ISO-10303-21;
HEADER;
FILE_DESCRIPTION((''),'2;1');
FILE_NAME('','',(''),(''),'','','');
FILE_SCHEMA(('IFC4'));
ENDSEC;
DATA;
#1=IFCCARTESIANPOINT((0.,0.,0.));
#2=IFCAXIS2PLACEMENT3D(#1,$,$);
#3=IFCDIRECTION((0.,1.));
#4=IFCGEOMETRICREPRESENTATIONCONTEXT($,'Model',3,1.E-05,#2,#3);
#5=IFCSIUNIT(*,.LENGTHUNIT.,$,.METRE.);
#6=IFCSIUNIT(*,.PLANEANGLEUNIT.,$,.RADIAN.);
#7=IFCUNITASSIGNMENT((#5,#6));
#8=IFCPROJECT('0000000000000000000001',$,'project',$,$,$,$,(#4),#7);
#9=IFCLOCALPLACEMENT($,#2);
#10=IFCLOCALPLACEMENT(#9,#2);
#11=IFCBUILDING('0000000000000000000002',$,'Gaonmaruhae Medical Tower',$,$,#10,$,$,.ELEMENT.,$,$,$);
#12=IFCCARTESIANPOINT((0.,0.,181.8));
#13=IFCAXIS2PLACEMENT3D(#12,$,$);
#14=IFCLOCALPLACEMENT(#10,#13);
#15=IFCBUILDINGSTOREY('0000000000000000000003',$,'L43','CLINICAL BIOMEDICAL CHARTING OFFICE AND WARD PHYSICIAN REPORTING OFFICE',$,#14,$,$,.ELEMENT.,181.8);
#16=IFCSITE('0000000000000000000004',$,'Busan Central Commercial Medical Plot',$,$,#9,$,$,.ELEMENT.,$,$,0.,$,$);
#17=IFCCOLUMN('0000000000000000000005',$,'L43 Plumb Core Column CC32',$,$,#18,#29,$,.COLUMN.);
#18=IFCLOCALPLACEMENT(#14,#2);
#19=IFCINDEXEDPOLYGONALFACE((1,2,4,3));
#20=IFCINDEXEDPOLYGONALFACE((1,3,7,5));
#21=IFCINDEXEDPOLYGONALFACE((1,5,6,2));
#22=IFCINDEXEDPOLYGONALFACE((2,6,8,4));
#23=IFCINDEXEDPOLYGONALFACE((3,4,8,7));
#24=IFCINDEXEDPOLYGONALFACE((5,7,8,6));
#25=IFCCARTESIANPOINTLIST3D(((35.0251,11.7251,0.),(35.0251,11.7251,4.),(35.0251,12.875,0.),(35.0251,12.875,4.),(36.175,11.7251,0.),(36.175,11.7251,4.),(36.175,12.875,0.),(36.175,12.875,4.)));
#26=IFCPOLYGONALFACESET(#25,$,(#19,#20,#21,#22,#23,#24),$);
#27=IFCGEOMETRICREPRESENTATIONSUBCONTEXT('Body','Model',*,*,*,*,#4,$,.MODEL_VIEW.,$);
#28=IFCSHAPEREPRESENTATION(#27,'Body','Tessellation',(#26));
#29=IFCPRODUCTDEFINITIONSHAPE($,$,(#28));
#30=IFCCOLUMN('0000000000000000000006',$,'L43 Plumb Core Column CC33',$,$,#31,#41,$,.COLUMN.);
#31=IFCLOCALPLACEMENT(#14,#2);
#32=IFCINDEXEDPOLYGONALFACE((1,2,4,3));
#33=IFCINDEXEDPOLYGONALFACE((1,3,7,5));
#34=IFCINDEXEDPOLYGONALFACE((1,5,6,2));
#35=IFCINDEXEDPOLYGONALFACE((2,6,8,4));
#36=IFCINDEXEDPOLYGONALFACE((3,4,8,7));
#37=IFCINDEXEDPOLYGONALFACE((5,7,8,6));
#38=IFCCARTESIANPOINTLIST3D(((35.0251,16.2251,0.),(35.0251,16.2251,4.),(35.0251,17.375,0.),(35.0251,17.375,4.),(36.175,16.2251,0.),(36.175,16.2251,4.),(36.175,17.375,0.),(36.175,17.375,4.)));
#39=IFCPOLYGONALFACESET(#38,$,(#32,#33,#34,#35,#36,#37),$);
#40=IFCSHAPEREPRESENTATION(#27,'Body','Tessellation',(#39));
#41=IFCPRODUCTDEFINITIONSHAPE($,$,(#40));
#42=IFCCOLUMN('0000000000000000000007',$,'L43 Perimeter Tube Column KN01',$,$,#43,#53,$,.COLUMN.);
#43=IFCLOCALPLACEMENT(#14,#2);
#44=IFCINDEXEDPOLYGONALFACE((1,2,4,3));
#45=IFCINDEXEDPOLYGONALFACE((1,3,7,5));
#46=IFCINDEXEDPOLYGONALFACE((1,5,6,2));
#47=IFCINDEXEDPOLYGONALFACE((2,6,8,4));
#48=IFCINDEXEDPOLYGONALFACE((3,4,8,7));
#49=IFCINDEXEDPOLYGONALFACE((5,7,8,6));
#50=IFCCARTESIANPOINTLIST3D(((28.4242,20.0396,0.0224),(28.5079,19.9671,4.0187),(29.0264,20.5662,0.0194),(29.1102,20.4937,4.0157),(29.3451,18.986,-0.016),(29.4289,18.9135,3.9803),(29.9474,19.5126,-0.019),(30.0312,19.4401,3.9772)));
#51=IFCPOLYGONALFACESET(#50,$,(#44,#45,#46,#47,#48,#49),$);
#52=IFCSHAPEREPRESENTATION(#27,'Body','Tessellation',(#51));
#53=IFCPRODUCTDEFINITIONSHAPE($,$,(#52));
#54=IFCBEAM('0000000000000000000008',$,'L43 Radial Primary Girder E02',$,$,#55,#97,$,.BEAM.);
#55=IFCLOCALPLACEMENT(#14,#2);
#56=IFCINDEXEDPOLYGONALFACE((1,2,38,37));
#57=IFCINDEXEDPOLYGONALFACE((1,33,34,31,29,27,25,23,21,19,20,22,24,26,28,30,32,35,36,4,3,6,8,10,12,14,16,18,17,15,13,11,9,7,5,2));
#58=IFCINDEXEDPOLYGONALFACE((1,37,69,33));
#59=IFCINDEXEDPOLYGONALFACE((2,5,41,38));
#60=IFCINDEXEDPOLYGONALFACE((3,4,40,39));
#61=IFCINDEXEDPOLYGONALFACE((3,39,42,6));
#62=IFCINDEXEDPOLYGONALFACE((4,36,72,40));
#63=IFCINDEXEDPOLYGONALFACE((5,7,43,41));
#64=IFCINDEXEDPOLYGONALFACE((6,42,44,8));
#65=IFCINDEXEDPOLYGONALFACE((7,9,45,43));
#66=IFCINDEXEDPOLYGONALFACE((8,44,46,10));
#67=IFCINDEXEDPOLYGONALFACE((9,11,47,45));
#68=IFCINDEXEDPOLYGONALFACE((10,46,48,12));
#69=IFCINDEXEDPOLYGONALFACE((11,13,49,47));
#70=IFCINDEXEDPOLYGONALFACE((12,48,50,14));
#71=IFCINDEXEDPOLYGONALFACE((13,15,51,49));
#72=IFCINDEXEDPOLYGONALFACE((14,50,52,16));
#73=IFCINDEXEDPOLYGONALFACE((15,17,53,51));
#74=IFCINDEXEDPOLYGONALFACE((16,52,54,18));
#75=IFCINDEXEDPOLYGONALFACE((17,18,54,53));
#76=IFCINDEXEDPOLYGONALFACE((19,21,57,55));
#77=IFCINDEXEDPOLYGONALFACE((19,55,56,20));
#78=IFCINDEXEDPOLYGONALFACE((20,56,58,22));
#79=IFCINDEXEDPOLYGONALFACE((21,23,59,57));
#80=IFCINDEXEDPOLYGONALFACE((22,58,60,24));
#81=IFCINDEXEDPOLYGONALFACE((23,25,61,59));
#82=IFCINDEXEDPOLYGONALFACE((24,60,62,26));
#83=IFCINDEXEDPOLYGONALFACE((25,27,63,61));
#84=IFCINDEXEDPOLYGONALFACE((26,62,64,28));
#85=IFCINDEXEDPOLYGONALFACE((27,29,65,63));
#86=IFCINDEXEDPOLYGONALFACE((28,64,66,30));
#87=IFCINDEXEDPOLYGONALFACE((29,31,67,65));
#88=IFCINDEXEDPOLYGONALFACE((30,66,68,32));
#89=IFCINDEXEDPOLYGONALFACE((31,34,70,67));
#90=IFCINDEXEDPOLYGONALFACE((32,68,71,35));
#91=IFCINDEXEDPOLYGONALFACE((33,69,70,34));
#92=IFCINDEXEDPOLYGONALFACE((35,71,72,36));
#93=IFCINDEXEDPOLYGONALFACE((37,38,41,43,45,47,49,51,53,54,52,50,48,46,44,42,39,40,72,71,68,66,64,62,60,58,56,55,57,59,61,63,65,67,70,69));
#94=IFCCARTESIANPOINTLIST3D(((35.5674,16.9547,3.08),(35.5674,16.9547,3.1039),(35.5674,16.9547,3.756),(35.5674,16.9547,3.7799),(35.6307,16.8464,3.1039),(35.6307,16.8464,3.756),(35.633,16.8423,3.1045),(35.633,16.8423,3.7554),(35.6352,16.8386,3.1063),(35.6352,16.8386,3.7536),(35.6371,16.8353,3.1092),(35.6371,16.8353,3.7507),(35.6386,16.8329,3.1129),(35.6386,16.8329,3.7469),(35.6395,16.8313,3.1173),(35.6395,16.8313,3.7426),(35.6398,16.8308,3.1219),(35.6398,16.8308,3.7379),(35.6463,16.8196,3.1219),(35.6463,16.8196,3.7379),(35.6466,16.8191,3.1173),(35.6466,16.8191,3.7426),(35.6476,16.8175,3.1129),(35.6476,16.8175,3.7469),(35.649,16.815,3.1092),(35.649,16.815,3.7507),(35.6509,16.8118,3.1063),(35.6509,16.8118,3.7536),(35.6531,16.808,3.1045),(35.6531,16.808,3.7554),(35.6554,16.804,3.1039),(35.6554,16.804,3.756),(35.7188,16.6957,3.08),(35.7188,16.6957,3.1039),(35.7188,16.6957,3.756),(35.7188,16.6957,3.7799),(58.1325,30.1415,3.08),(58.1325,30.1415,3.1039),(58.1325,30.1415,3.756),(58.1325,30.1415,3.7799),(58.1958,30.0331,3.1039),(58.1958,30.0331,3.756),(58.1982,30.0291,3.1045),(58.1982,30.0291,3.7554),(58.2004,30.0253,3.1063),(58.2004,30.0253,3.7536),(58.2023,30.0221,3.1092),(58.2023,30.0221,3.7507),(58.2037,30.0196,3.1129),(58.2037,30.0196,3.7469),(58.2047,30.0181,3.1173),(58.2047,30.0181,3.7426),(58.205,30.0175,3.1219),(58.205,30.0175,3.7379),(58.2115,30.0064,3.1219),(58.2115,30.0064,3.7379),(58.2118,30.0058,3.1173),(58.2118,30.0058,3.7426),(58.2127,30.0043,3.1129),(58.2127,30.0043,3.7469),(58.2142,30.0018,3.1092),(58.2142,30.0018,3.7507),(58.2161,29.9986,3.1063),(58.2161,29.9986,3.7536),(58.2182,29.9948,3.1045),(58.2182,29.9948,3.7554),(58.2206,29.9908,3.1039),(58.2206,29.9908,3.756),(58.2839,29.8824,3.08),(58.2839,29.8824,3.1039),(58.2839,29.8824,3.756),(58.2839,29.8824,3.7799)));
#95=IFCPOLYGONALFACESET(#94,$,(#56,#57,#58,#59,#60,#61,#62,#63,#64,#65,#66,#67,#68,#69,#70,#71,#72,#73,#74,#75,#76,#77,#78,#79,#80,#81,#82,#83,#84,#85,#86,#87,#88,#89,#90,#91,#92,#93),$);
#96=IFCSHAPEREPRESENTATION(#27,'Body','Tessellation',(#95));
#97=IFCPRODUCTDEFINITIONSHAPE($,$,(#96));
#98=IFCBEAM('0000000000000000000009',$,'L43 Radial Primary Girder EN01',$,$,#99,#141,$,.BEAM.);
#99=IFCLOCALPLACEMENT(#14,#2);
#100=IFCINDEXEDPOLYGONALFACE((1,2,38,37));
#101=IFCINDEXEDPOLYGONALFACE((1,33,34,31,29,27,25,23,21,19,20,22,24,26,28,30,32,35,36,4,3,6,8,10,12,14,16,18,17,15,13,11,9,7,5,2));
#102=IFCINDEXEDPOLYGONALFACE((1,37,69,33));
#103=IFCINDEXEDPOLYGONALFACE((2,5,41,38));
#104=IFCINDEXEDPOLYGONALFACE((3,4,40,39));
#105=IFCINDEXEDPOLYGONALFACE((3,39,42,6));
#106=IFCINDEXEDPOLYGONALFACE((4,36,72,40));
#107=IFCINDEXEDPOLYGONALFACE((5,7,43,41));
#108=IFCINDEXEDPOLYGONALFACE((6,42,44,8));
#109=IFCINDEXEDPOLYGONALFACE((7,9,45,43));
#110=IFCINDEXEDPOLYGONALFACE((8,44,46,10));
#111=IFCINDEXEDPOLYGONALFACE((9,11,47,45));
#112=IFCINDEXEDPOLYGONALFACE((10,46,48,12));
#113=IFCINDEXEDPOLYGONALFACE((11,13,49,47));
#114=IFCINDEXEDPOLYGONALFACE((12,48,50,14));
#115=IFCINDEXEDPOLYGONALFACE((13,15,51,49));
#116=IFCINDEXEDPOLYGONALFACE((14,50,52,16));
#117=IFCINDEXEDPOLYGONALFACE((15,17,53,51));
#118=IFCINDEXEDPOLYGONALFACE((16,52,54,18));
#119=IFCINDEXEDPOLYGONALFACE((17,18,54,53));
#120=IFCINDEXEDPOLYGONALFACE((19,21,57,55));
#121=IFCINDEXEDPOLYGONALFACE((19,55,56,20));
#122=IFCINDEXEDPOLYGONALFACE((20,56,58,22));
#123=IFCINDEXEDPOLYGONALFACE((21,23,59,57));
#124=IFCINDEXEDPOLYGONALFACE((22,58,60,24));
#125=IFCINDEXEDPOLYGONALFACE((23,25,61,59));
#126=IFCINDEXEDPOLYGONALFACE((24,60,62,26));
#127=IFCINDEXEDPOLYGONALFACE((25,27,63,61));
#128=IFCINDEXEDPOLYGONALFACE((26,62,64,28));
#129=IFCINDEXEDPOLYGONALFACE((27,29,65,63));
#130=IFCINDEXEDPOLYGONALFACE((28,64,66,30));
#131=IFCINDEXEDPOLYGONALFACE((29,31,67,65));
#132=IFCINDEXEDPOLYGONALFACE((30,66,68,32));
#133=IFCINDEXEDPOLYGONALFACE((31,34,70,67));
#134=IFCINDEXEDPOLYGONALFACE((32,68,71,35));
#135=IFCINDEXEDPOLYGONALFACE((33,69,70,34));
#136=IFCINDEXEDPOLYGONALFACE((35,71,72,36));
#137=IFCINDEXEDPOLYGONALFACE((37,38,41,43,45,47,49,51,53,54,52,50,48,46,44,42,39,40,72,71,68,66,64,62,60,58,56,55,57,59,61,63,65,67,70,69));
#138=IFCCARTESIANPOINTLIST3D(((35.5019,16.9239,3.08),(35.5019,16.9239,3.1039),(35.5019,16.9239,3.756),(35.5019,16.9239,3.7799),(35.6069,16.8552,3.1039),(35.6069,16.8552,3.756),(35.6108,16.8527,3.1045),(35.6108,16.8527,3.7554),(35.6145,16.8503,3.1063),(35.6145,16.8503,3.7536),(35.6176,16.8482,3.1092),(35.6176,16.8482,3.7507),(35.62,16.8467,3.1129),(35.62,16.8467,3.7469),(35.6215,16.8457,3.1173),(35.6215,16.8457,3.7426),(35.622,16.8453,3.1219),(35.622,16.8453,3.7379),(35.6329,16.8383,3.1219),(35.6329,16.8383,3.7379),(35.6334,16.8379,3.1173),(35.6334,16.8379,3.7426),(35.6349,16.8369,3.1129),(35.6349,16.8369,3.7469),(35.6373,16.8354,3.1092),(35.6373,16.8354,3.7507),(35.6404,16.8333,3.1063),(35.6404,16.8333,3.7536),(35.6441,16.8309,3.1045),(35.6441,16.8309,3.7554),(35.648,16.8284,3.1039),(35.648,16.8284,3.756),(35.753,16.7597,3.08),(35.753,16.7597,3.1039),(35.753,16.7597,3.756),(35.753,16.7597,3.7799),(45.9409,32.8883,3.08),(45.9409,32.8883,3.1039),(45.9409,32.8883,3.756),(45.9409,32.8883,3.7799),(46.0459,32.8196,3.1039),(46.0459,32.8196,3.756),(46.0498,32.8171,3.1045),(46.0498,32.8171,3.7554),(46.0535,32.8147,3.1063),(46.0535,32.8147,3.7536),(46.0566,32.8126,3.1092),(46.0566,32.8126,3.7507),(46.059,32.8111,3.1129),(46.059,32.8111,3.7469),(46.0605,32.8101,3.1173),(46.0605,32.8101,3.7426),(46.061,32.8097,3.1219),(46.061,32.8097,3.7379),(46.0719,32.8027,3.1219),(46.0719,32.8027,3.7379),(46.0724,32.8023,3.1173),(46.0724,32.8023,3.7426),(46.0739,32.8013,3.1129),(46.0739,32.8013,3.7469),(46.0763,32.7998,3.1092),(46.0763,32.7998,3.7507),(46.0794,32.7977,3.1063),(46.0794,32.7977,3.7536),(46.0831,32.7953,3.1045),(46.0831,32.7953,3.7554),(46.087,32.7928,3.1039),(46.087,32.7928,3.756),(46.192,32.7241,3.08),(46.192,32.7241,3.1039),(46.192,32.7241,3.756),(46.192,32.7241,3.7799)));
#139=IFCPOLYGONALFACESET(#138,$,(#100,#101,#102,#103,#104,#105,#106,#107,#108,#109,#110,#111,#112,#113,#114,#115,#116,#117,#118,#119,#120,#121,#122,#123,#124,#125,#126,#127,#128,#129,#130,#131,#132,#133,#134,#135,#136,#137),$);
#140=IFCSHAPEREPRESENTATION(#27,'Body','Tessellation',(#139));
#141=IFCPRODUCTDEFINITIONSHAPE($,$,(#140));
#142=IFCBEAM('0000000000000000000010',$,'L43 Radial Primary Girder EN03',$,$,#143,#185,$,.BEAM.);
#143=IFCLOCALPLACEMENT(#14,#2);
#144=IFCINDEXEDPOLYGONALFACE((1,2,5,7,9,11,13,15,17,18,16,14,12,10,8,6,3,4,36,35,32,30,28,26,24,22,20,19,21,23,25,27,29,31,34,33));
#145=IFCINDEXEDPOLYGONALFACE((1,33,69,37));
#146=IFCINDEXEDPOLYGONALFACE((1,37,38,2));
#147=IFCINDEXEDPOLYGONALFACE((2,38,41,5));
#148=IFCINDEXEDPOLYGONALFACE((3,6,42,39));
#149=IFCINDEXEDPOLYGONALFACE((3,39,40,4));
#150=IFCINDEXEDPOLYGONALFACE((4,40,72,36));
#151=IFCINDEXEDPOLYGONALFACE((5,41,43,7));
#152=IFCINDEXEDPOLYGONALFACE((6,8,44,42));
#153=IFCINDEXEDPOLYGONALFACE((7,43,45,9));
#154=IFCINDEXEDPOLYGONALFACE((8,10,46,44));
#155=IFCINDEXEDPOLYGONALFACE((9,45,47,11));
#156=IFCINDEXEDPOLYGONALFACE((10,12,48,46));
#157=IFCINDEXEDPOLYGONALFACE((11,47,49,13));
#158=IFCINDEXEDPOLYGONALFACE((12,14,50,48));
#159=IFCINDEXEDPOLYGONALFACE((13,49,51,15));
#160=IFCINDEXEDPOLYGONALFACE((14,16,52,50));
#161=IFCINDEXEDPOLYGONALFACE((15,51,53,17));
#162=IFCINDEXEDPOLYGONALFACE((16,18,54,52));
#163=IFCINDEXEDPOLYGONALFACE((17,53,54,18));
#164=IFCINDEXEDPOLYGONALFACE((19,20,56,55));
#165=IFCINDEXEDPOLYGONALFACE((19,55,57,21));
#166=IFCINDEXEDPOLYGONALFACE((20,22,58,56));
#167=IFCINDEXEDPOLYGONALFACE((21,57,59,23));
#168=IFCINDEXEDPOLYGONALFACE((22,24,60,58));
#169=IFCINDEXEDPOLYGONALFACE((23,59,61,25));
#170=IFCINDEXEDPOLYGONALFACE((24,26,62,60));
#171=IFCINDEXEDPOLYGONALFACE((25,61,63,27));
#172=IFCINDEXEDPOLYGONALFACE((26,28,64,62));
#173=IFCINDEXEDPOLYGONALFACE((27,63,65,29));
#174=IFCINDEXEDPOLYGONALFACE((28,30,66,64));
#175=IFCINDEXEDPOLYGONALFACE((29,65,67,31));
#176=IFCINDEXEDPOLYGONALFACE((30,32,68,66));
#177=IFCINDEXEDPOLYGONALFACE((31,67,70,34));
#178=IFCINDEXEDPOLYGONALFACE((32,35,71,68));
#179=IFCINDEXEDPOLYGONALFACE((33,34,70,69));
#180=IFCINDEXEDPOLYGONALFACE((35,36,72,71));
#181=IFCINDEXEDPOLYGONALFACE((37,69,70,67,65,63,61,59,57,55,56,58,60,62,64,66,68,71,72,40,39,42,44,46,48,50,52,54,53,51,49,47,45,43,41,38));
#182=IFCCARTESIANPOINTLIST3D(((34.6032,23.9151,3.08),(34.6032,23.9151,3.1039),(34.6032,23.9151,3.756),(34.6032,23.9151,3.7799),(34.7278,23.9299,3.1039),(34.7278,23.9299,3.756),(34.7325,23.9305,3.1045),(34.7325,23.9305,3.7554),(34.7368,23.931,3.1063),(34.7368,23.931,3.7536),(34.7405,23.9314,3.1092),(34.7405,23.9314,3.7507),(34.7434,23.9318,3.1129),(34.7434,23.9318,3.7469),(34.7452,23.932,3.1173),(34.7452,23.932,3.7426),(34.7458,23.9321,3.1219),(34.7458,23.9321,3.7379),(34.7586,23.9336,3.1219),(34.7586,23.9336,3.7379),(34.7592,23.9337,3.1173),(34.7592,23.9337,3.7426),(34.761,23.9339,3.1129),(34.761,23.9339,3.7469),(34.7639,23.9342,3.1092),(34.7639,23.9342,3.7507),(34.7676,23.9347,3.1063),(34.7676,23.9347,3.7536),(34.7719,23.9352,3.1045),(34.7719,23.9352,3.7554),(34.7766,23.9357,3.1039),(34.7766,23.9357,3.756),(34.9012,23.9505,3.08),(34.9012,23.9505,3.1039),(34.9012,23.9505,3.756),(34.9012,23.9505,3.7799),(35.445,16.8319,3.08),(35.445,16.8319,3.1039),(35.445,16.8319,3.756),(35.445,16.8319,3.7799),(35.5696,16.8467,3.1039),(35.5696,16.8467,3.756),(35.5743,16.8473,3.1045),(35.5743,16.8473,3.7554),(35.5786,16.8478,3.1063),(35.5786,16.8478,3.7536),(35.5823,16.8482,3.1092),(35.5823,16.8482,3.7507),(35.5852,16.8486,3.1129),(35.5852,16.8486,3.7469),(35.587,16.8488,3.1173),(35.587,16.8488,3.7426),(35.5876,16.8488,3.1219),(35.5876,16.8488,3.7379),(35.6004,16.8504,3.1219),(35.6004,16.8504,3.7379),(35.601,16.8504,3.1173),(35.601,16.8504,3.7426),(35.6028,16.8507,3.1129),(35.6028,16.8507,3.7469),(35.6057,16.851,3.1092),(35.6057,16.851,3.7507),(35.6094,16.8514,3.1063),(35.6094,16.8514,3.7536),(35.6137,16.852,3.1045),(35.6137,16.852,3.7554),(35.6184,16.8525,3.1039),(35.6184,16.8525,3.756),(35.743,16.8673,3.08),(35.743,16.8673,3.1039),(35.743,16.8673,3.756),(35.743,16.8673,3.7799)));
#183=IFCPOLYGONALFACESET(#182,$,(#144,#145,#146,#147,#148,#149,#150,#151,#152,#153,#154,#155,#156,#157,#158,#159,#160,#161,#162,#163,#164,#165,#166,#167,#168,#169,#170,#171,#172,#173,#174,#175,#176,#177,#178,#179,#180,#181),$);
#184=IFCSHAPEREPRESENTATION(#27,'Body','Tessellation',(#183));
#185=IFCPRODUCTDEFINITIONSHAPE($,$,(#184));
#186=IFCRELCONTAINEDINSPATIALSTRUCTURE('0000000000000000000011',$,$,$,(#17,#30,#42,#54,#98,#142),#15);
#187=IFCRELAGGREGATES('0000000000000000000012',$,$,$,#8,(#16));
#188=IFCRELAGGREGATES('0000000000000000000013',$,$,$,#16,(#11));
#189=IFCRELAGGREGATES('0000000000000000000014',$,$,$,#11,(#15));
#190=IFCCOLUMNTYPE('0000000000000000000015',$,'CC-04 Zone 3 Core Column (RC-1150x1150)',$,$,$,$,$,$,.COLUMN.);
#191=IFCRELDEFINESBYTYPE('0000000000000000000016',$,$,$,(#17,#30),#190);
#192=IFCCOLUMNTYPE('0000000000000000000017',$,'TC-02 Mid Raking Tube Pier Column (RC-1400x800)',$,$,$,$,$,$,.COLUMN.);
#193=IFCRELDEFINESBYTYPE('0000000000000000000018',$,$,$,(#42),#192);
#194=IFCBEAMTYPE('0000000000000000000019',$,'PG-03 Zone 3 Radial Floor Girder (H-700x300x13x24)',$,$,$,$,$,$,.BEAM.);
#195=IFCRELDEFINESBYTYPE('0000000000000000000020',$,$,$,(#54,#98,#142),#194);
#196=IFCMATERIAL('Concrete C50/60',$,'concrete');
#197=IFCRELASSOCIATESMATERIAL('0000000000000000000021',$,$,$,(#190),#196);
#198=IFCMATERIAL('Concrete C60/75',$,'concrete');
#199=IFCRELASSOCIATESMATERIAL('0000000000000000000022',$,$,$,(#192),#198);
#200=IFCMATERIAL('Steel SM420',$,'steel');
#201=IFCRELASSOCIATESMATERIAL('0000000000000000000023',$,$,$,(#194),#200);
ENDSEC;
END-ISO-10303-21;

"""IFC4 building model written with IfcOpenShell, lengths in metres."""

from ifc_helpers import new_model, si_unit, direction, frame, origin, origin_2d, place, context, subcontext, project, spatial, rectangle, i_section, extrude, material, material_profile, profile_set, type_object, element, save


model = new_model("IFC4")

# Units and contexts
model_context = context("Model", 3, precision=1e-05, world=origin(), true_north=direction((0.0, 1.0)))
body_context = subcontext(model_context, "Body", "Model", "MODEL_VIEW")
ifc_project = project(units=[si_unit("LENGTHUNIT", "METRE"), si_unit("PLANEANGLEUNIT", "RADIAN")], contexts=[model_context])

# Site, building, storey
site_placement = place(None, origin())
site = spatial("IfcSite", under=ifc_project, at=site_placement, Name="Busan Central Commercial Medical Plot", CompositionType="ELEMENT", RefElevation=0.0)
building_placement = place(site_placement, origin())
building = spatial("IfcBuilding", under=site, at=building_placement, Name="Gaonmaruhae Medical Tower", CompositionType="ELEMENT")
storey_placement = place(building_placement, frame((0.0, 0.0, 181.8)))
storey = spatial("IfcBuildingStorey", under=building, at=storey_placement, Name="L43", Description="CLINICAL BIOMEDICAL CHARTING OFFICE AND WARD PHYSICIAN REPORTING OFFICE", CompositionType="ELEMENT", Elevation=181.8)

# Columns
ifc_material_1 = material(Name="Concrete C50/60", Category="concrete")
ifc_material_profile_1 = material_profile(ifc_material_1, rectangle(XDim=1.1499, YDim=1.1499, at=origin_2d()), Name="RC-1150x1150")
ifc_profile_set_1 = profile_set([ifc_material_profile_1], Name="Concrete C50/60")
column_type_1 = type_object("IfcColumnType", Name="CC-04 Zone 3 Core Column (RC-1150x1150)", PredefinedType="COLUMN", material=ifc_profile_set_1)
for number, where, z_axis, x_axis, name in (
    (1, (35.6001, 12.3, 0.0), (0.0, 0.0, 1.0), (1.0, 0.0, 0.0), "L43 Plumb Core Column CC32"),
    (2, (35.6001, 16.8, 0.0), (0.0, 0.0, 1.0), (1.0, 0.0, 0.0), "L43 Plumb Core Column CC33"),
):
    element("IfcColumn", number, at=place(storey_placement, frame(where, z_axis=z_axis, x_axis=x_axis)), inside=storey, type_object=column_type_1, Name=name, PredefinedType="COLUMN", context=body_context, shape_type="SweptSolid", body=[
        extrude(rectangle(XDim=1.1499, YDim=1.1499, at=origin_2d()), origin(), (0.0, 0.0, 1.0), 4.0),
    ])
ifc_material_2 = material(Name="Concrete C60/75", Category="concrete")
ifc_material_profile_2 = material_profile(ifc_material_2, rectangle(XDim=1.3999, YDim=0.8, at=origin_2d()), Name="RC-1400x800")
ifc_profile_set_2 = profile_set([ifc_material_profile_2], Name="Concrete C60/75")
column_type_2 = type_object("IfcColumnType", Name="TC-02 Mid Raking Tube Pier Column (RC-1400x800)", PredefinedType="COLUMN", material=ifc_profile_set_2)
column_placement = place(storey_placement, frame((29.1858, 19.7761, 0.0017), z_axis=(0.020946, -0.018137, 0.999616), x_axis=(-0.657891, 0.752613, 0.027441)))
element("IfcColumn", 3, at=column_placement, inside=storey, type_object=column_type_2, Name="L43 Perimeter Tube Column KN01", PredefinedType="COLUMN", context=body_context, shape_type="SweptSolid", body=[
    extrude(rectangle(XDim=1.3999, YDim=0.8, at=origin_2d()), origin(), (0.0, 0.0, 1.0), 3.9978),
])

# Beams
ifc_material_3 = material(Name="Steel SM420", Category="steel")
ifc_material_profile_3 = material_profile(ifc_material_3, i_section(OverallWidth=0.3, OverallDepth=0.7, WebThickness=0.0129, FlangeThickness=0.0239, FilletRadius=0.0181, at=origin_2d()), Name="H-700x300x13x24")
ifc_profile_set_3 = profile_set([ifc_material_profile_3], Name="Steel SM420")
beam_type_1 = type_object("IfcBeamType", Name="PG-03 Zone 3 Radial Floor Girder (H-700x300x13x24)", PredefinedType="BEAM", material=ifc_profile_set_3)
beam_1_placement = place(storey_placement, frame((35.6431, 16.8252, 3.4299), z_axis=(0.863383, 0.504549, 0.0), x_axis=(-0.504549, 0.863383, 0.0)))
element("IfcBeam", 4, at=beam_1_placement, inside=storey, type_object=beam_type_1, Name="L43 Radial Primary Girder E02", PredefinedType="BEAM", context=body_context, shape_type="SweptSolid", body=[
    extrude(i_section(OverallWidth=0.3, OverallDepth=0.7, WebThickness=0.0129, FlangeThickness=0.0239, FilletRadius=0.0181, at=origin_2d()), origin(), (0.0, 0.0, 1.0), 26.1357),
])
beam_2_placement = place(storey_placement, frame((35.6274, 16.8418, 3.4299), z_axis=(0.547276, 0.836952, 0.0), x_axis=(-0.836952, 0.547276, 0.0)))
element("IfcBeam", 5, at=beam_2_placement, inside=storey, type_object=beam_type_1, Name="L43 Radial Primary Girder EN01", PredefinedType="BEAM", context=body_context, shape_type="SweptSolid", body=[
    extrude(i_section(OverallWidth=0.3, OverallDepth=0.7, WebThickness=0.0129, FlangeThickness=0.0239, FilletRadius=0.0181, at=origin_2d()), origin(), (0.0, 0.0, 1.0), 19.0745),
])
beam_3_placement = place(storey_placement, frame((35.594, 16.8496, 3.4299), z_axis=(-0.118013, 0.993012, 0.0), x_axis=(-0.993012, -0.118013, 0.0)))
element("IfcBeam", 6, at=beam_3_placement, inside=storey, type_object=beam_type_1, Name="L43 Radial Primary Girder EN03", PredefinedType="BEAM", context=body_context, shape_type="SweptSolid", body=[
    extrude(i_section(OverallWidth=0.3, OverallDepth=0.7, WebThickness=0.0129, FlangeThickness=0.0239, FilletRadius=0.0181, at=origin_2d()), origin(), (0.0, 0.0, 1.0), 7.1331),
])

save(model, "model.ifc")
